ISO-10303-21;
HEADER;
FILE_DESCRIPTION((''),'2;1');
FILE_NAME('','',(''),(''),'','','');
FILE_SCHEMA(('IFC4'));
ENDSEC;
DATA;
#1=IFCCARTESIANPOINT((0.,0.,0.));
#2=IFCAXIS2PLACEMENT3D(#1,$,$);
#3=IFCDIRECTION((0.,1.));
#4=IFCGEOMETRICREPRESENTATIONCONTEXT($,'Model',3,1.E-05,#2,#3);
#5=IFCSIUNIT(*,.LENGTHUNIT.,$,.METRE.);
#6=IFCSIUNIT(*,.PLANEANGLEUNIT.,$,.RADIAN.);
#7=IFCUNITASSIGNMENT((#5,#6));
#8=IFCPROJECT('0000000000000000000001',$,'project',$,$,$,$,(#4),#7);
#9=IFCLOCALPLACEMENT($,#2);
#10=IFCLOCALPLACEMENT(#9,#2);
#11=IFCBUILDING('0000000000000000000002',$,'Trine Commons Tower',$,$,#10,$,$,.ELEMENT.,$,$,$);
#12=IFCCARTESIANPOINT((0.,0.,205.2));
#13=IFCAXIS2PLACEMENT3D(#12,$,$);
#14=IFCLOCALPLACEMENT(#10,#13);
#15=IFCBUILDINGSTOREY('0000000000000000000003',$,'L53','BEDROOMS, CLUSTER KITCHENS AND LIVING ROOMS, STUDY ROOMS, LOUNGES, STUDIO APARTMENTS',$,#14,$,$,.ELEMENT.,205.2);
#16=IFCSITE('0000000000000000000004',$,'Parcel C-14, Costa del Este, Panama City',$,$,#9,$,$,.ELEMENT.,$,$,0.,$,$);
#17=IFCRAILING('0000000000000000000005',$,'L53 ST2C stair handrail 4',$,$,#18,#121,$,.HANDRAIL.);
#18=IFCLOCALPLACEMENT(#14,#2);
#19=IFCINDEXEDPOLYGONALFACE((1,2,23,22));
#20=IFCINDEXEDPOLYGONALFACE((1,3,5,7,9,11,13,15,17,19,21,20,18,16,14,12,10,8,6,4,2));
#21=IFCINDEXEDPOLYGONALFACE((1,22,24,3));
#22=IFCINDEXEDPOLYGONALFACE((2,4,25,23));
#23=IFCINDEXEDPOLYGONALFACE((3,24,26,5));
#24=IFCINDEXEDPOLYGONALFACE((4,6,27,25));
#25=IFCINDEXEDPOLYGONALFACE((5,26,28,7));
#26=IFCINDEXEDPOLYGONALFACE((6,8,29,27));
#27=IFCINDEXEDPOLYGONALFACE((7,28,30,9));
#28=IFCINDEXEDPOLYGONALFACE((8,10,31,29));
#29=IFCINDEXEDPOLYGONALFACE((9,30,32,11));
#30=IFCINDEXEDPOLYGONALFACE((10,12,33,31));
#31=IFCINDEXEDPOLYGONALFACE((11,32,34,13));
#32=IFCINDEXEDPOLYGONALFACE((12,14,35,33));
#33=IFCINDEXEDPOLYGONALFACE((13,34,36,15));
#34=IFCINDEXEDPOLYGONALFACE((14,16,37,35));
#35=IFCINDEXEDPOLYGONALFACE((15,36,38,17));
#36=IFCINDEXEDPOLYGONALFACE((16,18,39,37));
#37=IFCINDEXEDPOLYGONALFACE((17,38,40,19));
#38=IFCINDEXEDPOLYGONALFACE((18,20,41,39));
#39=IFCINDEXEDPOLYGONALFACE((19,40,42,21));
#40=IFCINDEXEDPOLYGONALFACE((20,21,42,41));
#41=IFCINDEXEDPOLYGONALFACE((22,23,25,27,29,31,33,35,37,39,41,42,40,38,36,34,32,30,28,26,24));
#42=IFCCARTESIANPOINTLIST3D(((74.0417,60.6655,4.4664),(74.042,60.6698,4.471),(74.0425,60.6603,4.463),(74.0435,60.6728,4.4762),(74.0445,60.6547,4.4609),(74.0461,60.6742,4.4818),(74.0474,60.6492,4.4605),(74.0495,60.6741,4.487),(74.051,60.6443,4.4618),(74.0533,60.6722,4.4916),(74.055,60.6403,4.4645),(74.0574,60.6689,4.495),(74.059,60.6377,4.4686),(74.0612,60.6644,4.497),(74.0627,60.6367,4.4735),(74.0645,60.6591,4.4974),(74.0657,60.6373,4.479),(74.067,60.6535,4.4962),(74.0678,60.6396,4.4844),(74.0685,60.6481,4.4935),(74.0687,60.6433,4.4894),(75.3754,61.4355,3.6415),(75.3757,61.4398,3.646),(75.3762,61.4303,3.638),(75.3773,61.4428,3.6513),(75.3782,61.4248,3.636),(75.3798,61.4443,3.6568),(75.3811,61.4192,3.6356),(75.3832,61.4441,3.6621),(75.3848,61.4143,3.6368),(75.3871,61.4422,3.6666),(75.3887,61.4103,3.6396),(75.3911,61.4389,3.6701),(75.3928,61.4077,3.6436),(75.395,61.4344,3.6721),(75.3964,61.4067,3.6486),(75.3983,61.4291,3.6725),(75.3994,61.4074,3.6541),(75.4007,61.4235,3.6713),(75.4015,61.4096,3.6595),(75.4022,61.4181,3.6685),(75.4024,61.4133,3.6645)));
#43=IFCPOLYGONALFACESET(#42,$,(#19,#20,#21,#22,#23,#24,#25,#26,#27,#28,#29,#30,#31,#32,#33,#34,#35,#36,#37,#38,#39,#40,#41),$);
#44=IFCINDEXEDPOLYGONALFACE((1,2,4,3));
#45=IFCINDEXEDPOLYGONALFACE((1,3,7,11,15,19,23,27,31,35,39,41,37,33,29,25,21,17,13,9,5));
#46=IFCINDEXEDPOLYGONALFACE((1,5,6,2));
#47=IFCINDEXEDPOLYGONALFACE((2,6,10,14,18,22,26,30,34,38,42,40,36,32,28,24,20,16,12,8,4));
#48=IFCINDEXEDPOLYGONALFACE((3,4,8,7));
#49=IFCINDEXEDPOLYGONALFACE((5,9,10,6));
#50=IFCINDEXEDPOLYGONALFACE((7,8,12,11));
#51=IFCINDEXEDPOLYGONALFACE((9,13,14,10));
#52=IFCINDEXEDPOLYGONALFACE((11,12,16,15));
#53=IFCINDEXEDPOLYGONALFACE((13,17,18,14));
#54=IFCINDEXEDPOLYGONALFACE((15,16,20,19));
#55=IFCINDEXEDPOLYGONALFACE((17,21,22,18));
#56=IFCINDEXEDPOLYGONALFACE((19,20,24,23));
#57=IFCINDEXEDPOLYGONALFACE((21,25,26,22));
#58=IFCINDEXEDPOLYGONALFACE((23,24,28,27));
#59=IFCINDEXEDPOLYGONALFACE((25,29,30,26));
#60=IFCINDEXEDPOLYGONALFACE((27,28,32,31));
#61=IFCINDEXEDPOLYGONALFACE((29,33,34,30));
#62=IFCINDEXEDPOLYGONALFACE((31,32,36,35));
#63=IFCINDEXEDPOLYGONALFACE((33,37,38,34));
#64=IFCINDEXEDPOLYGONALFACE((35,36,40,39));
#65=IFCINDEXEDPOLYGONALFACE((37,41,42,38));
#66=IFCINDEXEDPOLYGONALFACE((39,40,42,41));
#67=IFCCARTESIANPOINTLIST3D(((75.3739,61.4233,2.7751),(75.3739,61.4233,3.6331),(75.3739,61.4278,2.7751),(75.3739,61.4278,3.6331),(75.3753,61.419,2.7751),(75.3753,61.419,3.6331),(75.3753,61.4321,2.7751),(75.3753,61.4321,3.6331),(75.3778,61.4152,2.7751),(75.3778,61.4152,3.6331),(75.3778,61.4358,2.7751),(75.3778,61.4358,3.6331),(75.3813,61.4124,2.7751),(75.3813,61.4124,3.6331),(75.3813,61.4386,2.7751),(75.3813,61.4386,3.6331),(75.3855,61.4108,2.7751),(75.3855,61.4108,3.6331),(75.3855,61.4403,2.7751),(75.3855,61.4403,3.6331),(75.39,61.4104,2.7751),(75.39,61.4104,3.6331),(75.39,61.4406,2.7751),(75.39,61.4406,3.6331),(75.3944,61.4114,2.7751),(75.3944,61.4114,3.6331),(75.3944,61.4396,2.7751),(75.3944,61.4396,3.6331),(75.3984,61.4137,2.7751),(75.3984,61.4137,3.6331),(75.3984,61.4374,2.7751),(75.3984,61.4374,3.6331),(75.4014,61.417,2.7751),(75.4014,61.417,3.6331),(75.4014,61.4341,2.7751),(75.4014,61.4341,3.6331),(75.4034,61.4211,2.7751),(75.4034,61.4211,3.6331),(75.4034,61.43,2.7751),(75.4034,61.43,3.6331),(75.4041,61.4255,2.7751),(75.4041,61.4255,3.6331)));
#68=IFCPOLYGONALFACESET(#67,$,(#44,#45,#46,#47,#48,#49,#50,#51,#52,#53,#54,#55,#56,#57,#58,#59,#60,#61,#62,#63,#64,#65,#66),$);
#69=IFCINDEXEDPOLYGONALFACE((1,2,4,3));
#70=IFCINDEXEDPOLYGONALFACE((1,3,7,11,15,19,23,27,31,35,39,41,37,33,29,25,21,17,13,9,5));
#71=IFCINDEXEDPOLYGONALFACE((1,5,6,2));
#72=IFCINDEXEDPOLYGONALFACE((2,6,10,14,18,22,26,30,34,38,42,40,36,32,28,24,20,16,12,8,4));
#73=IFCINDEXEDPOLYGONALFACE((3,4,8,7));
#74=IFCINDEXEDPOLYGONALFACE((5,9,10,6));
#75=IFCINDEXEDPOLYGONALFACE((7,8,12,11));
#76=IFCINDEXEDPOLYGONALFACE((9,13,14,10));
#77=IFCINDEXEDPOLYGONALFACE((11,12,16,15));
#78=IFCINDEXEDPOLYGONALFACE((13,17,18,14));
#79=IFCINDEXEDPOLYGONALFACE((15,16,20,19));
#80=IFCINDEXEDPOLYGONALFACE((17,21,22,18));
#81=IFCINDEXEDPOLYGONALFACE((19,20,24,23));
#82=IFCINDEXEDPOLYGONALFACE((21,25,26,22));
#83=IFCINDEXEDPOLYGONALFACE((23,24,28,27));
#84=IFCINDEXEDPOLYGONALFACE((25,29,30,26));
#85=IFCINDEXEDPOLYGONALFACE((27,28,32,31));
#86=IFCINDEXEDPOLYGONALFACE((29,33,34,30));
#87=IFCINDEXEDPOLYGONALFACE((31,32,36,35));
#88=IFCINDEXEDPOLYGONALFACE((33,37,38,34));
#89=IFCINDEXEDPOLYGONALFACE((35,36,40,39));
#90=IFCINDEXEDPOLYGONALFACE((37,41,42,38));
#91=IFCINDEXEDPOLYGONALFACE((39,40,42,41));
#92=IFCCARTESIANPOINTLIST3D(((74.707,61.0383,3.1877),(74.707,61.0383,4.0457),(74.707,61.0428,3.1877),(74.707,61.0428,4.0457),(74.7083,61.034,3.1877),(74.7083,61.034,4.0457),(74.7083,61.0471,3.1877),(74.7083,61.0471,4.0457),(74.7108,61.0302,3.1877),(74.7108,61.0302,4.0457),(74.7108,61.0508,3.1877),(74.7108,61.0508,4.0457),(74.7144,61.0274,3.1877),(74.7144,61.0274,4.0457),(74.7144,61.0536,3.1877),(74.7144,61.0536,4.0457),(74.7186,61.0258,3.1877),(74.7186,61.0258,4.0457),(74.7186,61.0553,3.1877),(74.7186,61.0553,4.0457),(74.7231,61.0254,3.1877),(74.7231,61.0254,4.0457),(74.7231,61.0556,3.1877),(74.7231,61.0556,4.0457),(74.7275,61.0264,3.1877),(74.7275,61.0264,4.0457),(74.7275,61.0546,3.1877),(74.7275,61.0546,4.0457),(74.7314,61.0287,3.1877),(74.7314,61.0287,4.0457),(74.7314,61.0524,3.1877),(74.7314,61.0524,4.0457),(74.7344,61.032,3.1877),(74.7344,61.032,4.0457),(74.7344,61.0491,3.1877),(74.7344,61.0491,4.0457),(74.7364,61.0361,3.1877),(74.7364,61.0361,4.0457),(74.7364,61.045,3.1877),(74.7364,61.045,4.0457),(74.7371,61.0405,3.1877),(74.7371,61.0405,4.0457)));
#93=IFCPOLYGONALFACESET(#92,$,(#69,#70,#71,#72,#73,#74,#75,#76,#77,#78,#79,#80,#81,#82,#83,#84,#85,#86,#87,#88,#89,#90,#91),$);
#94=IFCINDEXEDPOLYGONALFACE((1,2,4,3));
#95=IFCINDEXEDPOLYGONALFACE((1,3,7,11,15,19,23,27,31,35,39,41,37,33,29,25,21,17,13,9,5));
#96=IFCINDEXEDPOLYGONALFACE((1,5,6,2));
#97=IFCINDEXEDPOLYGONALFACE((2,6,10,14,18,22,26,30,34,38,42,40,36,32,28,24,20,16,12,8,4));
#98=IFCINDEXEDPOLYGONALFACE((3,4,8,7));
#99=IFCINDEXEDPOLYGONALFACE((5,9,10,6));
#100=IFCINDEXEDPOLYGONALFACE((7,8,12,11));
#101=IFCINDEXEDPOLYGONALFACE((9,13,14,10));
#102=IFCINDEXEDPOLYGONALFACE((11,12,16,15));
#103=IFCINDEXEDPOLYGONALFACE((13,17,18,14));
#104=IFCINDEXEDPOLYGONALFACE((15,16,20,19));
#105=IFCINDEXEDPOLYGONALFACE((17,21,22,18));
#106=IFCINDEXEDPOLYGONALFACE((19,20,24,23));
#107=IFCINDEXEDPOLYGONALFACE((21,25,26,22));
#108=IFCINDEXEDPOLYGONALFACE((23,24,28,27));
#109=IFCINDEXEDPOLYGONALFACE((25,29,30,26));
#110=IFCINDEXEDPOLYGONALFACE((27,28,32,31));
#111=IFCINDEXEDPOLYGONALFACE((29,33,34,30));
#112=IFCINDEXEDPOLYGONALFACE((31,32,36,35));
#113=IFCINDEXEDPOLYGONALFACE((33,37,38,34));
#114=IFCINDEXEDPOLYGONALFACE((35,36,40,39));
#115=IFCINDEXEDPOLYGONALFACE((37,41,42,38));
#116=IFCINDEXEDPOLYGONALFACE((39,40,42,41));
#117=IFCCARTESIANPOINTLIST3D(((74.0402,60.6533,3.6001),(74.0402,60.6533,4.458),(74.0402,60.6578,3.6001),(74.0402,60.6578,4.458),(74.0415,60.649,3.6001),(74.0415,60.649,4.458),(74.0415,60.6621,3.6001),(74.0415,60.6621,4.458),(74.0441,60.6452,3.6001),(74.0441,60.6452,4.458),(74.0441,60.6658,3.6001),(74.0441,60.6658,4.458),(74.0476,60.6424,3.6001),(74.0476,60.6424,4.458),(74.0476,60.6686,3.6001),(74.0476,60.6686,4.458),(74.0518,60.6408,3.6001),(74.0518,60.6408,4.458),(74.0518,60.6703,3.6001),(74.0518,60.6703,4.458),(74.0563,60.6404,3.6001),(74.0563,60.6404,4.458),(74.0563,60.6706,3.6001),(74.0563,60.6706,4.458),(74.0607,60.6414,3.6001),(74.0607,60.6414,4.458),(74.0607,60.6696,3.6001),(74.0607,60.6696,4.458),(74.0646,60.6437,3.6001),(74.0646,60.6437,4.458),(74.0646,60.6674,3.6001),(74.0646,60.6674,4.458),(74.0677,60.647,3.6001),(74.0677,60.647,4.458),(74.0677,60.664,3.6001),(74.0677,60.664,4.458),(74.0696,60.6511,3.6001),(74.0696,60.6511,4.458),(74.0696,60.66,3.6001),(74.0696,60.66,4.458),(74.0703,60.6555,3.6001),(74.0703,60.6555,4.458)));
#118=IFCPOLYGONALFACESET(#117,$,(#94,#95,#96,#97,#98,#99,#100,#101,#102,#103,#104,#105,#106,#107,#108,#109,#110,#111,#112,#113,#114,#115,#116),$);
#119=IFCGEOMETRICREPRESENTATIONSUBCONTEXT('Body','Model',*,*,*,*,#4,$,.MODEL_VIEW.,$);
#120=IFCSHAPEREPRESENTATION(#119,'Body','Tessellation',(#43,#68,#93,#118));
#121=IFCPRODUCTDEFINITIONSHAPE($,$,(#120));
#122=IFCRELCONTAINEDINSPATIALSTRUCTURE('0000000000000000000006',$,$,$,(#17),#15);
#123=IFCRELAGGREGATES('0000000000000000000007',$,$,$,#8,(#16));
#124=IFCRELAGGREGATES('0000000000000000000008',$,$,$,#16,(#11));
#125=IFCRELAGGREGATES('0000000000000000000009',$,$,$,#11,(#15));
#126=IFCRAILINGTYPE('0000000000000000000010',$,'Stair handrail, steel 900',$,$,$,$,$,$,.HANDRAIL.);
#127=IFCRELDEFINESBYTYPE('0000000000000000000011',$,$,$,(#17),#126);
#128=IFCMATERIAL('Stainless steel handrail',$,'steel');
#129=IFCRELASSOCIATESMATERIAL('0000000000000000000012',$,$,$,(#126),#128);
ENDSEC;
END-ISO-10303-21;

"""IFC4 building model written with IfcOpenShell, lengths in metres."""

from ifc_helpers import new_model, si_unit, direction, frame, origin, origin_2d, place, context, subcontext, project, spatial, circle, extrude, material, type_object, element, save


model = new_model("IFC4")

# Units and contexts
model_context = context("Model", 3, precision=1e-05, world=origin(), true_north=direction((0.0, 1.0)))
body_context = subcontext(model_context, "Body", "Model", "MODEL_VIEW")
ifc_project = project(units=[si_unit("LENGTHUNIT", "METRE"), si_unit("PLANEANGLEUNIT", "RADIAN")], contexts=[model_context])

# Site, building, storey
site_placement = place(None, origin())
site = spatial("IfcSite", under=ifc_project, at=site_placement, Name="Parcel C-14, Costa del Este, Panama City", CompositionType="ELEMENT", RefElevation=0.0)
building_placement = place(site_placement, origin())
building = spatial("IfcBuilding", under=site, at=building_placement, Name="Trine Commons Tower", CompositionType="ELEMENT")
storey_placement = place(building_placement, frame((0.0, 0.0, 205.2)))
storey = spatial("IfcBuildingStorey", under=building, at=storey_placement, Name="L53", Description="BEDROOMS, CLUSTER KITCHENS AND LIVING ROOMS, STUDY ROOMS, LOUNGES, STUDIO APARTMENTS", CompositionType="ELEMENT", Elevation=205.2)

# Railing
ifc_material_1 = material(Name="Stainless steel handrail", Category="steel")
railing_type_1 = type_object("IfcRailingType", Name="Stair handrail, steel 900", PredefinedType="HANDRAIL", material=ifc_material_1)
railing_1_placement = place(storey_placement, frame((75.3889, 61.4255, 2.7751)))
element("IfcRailing", 1, at=railing_1_placement, inside=storey, type_object=railing_type_1, Name="L53 ST2C stair handrail 4", PredefinedType="HANDRAIL", context=body_context, shape_type="SweptSolid", body=[
    extrude(circle(Radius=0.021, at=origin_2d()), frame((0.0, 0.0, 0.8789), z_axis=(-0.763405, -0.440743, 0.472185), x_axis=(0.499992, -0.86603, 0.0)), (0.0, 0.0, 1.0), 1.7471),
    extrude(circle(Radius=0.0151, at=origin_2d()), origin(), (0.0, 0.0, 1.0), 0.8579),
    extrude(circle(Radius=0.0151, at=origin_2d()), frame((-0.667, -0.385, 0.4126)), (0.0, 0.0, 1.0), 0.8579),
    extrude(circle(Radius=0.0151, at=origin_2d()), frame((-1.3337, -0.77, 0.825)), (0.0, 0.0, 1.0), 0.8579),
])

save(model, "model.ifc")
